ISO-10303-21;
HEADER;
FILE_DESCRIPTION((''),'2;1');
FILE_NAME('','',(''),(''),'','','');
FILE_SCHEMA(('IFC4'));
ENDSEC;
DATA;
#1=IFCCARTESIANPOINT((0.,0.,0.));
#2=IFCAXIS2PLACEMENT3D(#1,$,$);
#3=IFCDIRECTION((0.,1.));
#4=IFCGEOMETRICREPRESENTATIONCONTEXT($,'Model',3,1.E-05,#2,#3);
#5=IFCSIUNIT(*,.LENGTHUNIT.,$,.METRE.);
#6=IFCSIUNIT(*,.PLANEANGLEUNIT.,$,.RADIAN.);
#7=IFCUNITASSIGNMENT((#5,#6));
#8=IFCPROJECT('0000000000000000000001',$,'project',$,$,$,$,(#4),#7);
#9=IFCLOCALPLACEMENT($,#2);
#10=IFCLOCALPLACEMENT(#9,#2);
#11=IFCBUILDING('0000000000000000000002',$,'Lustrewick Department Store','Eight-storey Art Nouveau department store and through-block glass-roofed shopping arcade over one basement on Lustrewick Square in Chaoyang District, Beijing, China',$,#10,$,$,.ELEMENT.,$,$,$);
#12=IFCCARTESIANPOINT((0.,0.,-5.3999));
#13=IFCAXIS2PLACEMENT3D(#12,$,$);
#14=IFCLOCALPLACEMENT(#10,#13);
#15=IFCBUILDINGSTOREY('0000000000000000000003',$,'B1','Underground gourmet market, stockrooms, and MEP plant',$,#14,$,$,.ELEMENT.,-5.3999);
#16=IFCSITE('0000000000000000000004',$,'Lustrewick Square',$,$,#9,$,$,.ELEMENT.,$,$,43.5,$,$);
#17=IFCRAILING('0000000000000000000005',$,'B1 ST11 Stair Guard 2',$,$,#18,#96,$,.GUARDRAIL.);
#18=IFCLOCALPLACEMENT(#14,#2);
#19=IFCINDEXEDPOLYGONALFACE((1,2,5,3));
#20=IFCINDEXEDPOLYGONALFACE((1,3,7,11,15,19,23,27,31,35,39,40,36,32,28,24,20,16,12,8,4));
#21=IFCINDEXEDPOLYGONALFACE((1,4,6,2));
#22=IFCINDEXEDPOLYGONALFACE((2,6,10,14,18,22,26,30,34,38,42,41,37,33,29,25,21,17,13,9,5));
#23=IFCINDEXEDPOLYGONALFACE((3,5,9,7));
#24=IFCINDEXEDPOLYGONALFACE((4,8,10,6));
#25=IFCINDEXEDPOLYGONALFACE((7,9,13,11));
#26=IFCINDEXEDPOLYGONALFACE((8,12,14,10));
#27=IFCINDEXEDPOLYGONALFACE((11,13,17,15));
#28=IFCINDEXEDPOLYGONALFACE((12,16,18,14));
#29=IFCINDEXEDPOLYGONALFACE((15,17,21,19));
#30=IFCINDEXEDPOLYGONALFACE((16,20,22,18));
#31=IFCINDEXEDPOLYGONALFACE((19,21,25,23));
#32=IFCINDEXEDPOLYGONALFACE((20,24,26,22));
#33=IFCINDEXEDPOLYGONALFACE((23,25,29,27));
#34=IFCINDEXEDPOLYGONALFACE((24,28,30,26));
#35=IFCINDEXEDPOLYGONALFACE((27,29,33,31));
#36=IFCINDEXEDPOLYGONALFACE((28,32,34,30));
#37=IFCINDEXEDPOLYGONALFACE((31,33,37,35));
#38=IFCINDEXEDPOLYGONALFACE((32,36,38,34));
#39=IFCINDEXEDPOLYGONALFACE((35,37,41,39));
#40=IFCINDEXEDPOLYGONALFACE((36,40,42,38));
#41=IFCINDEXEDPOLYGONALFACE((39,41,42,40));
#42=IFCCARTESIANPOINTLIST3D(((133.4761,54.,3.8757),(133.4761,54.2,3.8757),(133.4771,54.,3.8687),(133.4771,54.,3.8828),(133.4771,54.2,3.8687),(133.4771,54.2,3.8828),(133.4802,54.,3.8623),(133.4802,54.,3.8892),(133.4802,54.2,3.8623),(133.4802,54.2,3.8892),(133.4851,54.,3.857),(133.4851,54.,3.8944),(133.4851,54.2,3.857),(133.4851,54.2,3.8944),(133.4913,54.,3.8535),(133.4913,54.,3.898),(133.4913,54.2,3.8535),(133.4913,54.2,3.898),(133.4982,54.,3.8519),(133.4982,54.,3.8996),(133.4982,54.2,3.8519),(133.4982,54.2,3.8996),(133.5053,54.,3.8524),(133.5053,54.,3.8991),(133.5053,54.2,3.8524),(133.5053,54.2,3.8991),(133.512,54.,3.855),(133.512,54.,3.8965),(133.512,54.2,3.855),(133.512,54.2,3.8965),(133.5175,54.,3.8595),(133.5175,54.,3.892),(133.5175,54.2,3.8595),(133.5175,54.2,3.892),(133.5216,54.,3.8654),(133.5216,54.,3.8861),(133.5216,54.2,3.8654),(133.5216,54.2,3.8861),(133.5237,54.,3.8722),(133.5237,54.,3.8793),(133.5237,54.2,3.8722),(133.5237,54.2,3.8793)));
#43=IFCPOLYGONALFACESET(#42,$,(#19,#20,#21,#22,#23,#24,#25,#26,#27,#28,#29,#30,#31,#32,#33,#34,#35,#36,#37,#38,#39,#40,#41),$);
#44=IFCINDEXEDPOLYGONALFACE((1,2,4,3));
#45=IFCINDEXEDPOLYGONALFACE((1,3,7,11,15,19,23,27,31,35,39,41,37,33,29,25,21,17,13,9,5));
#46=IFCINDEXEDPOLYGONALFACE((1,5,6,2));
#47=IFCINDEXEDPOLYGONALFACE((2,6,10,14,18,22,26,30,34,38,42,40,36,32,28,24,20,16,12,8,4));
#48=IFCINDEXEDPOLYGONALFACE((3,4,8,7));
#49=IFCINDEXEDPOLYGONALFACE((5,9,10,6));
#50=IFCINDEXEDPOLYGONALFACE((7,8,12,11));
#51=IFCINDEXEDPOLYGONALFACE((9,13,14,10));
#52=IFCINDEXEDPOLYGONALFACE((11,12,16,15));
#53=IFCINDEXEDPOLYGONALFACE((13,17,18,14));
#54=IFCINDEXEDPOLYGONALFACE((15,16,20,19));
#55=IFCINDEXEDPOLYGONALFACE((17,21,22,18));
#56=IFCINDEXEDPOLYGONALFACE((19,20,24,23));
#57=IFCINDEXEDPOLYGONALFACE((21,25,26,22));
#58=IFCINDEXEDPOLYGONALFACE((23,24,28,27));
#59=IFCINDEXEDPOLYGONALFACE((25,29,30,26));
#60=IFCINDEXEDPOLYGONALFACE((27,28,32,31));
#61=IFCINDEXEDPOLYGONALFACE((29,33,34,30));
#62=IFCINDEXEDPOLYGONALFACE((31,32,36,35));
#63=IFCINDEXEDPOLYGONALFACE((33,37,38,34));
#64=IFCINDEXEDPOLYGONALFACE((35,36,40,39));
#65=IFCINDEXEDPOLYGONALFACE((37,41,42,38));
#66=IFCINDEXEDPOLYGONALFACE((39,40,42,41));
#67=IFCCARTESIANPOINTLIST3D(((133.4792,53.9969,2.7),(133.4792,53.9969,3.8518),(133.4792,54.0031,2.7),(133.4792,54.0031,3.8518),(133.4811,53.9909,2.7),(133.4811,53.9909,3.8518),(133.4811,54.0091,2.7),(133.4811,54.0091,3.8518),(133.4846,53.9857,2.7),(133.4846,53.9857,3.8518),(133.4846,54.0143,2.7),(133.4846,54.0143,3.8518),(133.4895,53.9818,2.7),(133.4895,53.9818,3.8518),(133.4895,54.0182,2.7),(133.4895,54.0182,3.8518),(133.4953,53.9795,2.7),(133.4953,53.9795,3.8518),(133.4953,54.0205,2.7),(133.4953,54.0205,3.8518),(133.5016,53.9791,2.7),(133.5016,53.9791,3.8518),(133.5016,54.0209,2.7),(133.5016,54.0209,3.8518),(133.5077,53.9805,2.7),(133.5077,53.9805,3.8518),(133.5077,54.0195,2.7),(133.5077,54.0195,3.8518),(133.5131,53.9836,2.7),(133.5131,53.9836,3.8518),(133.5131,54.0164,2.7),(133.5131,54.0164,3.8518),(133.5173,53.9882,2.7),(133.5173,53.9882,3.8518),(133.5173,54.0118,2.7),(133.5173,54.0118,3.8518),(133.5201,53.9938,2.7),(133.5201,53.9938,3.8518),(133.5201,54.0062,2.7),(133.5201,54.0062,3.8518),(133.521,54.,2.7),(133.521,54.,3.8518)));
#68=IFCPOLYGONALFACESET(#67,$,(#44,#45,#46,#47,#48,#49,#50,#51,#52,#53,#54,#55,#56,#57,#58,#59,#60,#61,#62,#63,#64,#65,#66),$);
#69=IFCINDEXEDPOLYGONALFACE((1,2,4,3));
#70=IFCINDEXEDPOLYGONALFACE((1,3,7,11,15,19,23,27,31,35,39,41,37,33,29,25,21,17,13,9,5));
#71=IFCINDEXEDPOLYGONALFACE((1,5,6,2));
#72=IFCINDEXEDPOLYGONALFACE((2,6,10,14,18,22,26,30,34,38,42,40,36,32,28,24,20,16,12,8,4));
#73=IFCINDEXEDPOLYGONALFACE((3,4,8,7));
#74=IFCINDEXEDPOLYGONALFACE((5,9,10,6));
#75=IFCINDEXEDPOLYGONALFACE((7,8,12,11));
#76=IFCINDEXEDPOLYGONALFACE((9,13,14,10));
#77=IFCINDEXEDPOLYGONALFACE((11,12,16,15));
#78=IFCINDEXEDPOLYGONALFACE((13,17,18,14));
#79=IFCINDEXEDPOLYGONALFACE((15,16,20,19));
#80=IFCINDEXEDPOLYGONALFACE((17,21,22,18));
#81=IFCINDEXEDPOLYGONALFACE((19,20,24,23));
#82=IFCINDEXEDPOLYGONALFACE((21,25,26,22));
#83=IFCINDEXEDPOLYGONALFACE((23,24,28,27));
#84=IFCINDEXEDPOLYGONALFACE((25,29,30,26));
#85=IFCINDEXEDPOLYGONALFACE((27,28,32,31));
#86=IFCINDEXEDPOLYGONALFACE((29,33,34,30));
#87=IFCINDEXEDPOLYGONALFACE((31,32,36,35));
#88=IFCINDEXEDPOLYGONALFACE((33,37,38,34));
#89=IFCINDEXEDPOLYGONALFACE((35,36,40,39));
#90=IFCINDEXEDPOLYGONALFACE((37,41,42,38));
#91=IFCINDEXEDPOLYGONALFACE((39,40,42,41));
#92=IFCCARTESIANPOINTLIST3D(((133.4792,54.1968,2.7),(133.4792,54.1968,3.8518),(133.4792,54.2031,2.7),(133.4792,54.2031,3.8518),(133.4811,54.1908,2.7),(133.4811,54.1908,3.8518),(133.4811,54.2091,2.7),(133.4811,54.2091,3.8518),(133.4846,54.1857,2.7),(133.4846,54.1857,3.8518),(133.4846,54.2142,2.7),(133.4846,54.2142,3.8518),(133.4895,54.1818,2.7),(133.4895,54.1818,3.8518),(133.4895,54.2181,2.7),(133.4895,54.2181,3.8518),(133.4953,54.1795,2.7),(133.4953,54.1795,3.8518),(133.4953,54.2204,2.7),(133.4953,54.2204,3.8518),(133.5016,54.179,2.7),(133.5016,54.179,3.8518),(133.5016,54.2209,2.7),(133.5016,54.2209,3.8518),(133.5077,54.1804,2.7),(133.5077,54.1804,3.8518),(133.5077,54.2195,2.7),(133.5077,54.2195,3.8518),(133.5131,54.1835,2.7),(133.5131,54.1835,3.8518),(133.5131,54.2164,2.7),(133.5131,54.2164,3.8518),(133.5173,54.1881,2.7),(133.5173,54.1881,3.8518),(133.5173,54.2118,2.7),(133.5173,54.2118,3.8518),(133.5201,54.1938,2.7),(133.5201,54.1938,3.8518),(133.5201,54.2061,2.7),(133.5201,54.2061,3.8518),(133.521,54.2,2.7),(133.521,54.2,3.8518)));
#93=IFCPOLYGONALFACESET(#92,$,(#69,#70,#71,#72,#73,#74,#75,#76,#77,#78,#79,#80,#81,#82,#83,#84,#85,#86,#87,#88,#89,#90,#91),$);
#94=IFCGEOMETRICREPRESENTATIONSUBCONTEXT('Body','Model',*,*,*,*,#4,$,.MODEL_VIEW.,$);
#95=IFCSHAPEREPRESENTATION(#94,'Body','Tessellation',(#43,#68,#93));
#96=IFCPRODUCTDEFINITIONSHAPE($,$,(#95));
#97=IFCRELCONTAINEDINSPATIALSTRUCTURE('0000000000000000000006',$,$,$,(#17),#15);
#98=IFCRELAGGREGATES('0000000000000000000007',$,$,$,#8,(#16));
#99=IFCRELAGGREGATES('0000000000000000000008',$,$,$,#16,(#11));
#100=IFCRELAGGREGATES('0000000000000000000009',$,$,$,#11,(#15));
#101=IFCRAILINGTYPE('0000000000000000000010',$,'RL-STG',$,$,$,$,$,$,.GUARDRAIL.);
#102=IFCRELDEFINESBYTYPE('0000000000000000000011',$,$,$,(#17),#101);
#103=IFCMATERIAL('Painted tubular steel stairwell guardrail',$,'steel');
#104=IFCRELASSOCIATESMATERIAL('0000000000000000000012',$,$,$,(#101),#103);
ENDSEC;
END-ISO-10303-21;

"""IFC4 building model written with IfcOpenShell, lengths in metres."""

from ifc_helpers import new_model, si_unit, direction, frame, origin, origin_2d, place, context, subcontext, project, spatial, circle, extrude, material, type_object, element, save


model = new_model("IFC4")

# Units and contexts
model_context = context("Model", 3, precision=1e-05, world=origin(), true_north=direction((0.0, 1.0)))
body_context = subcontext(model_context, "Body", "Model", "MODEL_VIEW")
ifc_project = project(units=[si_unit("LENGTHUNIT", "METRE"), si_unit("PLANEANGLEUNIT", "RADIAN")], contexts=[model_context])

# Site, building, storey
site_placement = place(None, origin())
site = spatial("IfcSite", under=ifc_project, at=site_placement, Name="Lustrewick Square", CompositionType="ELEMENT", RefElevation=43.5)
building_placement = place(site_placement, origin())
building = spatial("IfcBuilding", under=site, at=building_placement, Name="Lustrewick Department Store", Description="Eight-storey Art Nouveau department store and through-block glass-roofed shopping arcade over one basement on Lustrewick Square in Chaoyang District, Beijing, China", CompositionType="ELEMENT")
storey_placement = place(building_placement, frame((0.0, 0.0, -5.3999)))
storey = spatial("IfcBuildingStorey", under=building, at=storey_placement, Name="B1", Description="Underground gourmet market, stockrooms, and MEP plant", CompositionType="ELEMENT", Elevation=-5.3999)

# Railing
ifc_material_1 = material(Name="Painted tubular steel stairwell guardrail", Category="steel")
railing_type_1 = type_object("IfcRailingType", Name="RL-STG", PredefinedType="GUARDRAIL", material=ifc_material_1)
railing_1_placement = place(storey_placement, frame((133.5, 54.0, 2.7)))
element("IfcRailing", 1, at=railing_1_placement, inside=storey, type_object=railing_type_1, Name="B1 ST11 Stair Guard 2", PredefinedType="GUARDRAIL", context=body_context, shape_type="SweptSolid", body=[
    extrude(circle(Radius=0.0239, at=origin_2d()), frame((0.0, 0.0, 1.1758), z_axis=(0.0, 1.0, 0.0), x_axis=(-1.0, 0.0, 0.0)), (0.0, 0.0, 1.0), 0.2),
    extrude(circle(Radius=0.021, at=origin_2d()), origin(), (0.0, 0.0, 1.0), 1.1519),
    extrude(circle(Radius=0.021, at=origin_2d()), frame((0.0, 0.2, 0.0)), (0.0, 0.0, 1.0), 1.1519),
])

save(model, "model.ifc")
